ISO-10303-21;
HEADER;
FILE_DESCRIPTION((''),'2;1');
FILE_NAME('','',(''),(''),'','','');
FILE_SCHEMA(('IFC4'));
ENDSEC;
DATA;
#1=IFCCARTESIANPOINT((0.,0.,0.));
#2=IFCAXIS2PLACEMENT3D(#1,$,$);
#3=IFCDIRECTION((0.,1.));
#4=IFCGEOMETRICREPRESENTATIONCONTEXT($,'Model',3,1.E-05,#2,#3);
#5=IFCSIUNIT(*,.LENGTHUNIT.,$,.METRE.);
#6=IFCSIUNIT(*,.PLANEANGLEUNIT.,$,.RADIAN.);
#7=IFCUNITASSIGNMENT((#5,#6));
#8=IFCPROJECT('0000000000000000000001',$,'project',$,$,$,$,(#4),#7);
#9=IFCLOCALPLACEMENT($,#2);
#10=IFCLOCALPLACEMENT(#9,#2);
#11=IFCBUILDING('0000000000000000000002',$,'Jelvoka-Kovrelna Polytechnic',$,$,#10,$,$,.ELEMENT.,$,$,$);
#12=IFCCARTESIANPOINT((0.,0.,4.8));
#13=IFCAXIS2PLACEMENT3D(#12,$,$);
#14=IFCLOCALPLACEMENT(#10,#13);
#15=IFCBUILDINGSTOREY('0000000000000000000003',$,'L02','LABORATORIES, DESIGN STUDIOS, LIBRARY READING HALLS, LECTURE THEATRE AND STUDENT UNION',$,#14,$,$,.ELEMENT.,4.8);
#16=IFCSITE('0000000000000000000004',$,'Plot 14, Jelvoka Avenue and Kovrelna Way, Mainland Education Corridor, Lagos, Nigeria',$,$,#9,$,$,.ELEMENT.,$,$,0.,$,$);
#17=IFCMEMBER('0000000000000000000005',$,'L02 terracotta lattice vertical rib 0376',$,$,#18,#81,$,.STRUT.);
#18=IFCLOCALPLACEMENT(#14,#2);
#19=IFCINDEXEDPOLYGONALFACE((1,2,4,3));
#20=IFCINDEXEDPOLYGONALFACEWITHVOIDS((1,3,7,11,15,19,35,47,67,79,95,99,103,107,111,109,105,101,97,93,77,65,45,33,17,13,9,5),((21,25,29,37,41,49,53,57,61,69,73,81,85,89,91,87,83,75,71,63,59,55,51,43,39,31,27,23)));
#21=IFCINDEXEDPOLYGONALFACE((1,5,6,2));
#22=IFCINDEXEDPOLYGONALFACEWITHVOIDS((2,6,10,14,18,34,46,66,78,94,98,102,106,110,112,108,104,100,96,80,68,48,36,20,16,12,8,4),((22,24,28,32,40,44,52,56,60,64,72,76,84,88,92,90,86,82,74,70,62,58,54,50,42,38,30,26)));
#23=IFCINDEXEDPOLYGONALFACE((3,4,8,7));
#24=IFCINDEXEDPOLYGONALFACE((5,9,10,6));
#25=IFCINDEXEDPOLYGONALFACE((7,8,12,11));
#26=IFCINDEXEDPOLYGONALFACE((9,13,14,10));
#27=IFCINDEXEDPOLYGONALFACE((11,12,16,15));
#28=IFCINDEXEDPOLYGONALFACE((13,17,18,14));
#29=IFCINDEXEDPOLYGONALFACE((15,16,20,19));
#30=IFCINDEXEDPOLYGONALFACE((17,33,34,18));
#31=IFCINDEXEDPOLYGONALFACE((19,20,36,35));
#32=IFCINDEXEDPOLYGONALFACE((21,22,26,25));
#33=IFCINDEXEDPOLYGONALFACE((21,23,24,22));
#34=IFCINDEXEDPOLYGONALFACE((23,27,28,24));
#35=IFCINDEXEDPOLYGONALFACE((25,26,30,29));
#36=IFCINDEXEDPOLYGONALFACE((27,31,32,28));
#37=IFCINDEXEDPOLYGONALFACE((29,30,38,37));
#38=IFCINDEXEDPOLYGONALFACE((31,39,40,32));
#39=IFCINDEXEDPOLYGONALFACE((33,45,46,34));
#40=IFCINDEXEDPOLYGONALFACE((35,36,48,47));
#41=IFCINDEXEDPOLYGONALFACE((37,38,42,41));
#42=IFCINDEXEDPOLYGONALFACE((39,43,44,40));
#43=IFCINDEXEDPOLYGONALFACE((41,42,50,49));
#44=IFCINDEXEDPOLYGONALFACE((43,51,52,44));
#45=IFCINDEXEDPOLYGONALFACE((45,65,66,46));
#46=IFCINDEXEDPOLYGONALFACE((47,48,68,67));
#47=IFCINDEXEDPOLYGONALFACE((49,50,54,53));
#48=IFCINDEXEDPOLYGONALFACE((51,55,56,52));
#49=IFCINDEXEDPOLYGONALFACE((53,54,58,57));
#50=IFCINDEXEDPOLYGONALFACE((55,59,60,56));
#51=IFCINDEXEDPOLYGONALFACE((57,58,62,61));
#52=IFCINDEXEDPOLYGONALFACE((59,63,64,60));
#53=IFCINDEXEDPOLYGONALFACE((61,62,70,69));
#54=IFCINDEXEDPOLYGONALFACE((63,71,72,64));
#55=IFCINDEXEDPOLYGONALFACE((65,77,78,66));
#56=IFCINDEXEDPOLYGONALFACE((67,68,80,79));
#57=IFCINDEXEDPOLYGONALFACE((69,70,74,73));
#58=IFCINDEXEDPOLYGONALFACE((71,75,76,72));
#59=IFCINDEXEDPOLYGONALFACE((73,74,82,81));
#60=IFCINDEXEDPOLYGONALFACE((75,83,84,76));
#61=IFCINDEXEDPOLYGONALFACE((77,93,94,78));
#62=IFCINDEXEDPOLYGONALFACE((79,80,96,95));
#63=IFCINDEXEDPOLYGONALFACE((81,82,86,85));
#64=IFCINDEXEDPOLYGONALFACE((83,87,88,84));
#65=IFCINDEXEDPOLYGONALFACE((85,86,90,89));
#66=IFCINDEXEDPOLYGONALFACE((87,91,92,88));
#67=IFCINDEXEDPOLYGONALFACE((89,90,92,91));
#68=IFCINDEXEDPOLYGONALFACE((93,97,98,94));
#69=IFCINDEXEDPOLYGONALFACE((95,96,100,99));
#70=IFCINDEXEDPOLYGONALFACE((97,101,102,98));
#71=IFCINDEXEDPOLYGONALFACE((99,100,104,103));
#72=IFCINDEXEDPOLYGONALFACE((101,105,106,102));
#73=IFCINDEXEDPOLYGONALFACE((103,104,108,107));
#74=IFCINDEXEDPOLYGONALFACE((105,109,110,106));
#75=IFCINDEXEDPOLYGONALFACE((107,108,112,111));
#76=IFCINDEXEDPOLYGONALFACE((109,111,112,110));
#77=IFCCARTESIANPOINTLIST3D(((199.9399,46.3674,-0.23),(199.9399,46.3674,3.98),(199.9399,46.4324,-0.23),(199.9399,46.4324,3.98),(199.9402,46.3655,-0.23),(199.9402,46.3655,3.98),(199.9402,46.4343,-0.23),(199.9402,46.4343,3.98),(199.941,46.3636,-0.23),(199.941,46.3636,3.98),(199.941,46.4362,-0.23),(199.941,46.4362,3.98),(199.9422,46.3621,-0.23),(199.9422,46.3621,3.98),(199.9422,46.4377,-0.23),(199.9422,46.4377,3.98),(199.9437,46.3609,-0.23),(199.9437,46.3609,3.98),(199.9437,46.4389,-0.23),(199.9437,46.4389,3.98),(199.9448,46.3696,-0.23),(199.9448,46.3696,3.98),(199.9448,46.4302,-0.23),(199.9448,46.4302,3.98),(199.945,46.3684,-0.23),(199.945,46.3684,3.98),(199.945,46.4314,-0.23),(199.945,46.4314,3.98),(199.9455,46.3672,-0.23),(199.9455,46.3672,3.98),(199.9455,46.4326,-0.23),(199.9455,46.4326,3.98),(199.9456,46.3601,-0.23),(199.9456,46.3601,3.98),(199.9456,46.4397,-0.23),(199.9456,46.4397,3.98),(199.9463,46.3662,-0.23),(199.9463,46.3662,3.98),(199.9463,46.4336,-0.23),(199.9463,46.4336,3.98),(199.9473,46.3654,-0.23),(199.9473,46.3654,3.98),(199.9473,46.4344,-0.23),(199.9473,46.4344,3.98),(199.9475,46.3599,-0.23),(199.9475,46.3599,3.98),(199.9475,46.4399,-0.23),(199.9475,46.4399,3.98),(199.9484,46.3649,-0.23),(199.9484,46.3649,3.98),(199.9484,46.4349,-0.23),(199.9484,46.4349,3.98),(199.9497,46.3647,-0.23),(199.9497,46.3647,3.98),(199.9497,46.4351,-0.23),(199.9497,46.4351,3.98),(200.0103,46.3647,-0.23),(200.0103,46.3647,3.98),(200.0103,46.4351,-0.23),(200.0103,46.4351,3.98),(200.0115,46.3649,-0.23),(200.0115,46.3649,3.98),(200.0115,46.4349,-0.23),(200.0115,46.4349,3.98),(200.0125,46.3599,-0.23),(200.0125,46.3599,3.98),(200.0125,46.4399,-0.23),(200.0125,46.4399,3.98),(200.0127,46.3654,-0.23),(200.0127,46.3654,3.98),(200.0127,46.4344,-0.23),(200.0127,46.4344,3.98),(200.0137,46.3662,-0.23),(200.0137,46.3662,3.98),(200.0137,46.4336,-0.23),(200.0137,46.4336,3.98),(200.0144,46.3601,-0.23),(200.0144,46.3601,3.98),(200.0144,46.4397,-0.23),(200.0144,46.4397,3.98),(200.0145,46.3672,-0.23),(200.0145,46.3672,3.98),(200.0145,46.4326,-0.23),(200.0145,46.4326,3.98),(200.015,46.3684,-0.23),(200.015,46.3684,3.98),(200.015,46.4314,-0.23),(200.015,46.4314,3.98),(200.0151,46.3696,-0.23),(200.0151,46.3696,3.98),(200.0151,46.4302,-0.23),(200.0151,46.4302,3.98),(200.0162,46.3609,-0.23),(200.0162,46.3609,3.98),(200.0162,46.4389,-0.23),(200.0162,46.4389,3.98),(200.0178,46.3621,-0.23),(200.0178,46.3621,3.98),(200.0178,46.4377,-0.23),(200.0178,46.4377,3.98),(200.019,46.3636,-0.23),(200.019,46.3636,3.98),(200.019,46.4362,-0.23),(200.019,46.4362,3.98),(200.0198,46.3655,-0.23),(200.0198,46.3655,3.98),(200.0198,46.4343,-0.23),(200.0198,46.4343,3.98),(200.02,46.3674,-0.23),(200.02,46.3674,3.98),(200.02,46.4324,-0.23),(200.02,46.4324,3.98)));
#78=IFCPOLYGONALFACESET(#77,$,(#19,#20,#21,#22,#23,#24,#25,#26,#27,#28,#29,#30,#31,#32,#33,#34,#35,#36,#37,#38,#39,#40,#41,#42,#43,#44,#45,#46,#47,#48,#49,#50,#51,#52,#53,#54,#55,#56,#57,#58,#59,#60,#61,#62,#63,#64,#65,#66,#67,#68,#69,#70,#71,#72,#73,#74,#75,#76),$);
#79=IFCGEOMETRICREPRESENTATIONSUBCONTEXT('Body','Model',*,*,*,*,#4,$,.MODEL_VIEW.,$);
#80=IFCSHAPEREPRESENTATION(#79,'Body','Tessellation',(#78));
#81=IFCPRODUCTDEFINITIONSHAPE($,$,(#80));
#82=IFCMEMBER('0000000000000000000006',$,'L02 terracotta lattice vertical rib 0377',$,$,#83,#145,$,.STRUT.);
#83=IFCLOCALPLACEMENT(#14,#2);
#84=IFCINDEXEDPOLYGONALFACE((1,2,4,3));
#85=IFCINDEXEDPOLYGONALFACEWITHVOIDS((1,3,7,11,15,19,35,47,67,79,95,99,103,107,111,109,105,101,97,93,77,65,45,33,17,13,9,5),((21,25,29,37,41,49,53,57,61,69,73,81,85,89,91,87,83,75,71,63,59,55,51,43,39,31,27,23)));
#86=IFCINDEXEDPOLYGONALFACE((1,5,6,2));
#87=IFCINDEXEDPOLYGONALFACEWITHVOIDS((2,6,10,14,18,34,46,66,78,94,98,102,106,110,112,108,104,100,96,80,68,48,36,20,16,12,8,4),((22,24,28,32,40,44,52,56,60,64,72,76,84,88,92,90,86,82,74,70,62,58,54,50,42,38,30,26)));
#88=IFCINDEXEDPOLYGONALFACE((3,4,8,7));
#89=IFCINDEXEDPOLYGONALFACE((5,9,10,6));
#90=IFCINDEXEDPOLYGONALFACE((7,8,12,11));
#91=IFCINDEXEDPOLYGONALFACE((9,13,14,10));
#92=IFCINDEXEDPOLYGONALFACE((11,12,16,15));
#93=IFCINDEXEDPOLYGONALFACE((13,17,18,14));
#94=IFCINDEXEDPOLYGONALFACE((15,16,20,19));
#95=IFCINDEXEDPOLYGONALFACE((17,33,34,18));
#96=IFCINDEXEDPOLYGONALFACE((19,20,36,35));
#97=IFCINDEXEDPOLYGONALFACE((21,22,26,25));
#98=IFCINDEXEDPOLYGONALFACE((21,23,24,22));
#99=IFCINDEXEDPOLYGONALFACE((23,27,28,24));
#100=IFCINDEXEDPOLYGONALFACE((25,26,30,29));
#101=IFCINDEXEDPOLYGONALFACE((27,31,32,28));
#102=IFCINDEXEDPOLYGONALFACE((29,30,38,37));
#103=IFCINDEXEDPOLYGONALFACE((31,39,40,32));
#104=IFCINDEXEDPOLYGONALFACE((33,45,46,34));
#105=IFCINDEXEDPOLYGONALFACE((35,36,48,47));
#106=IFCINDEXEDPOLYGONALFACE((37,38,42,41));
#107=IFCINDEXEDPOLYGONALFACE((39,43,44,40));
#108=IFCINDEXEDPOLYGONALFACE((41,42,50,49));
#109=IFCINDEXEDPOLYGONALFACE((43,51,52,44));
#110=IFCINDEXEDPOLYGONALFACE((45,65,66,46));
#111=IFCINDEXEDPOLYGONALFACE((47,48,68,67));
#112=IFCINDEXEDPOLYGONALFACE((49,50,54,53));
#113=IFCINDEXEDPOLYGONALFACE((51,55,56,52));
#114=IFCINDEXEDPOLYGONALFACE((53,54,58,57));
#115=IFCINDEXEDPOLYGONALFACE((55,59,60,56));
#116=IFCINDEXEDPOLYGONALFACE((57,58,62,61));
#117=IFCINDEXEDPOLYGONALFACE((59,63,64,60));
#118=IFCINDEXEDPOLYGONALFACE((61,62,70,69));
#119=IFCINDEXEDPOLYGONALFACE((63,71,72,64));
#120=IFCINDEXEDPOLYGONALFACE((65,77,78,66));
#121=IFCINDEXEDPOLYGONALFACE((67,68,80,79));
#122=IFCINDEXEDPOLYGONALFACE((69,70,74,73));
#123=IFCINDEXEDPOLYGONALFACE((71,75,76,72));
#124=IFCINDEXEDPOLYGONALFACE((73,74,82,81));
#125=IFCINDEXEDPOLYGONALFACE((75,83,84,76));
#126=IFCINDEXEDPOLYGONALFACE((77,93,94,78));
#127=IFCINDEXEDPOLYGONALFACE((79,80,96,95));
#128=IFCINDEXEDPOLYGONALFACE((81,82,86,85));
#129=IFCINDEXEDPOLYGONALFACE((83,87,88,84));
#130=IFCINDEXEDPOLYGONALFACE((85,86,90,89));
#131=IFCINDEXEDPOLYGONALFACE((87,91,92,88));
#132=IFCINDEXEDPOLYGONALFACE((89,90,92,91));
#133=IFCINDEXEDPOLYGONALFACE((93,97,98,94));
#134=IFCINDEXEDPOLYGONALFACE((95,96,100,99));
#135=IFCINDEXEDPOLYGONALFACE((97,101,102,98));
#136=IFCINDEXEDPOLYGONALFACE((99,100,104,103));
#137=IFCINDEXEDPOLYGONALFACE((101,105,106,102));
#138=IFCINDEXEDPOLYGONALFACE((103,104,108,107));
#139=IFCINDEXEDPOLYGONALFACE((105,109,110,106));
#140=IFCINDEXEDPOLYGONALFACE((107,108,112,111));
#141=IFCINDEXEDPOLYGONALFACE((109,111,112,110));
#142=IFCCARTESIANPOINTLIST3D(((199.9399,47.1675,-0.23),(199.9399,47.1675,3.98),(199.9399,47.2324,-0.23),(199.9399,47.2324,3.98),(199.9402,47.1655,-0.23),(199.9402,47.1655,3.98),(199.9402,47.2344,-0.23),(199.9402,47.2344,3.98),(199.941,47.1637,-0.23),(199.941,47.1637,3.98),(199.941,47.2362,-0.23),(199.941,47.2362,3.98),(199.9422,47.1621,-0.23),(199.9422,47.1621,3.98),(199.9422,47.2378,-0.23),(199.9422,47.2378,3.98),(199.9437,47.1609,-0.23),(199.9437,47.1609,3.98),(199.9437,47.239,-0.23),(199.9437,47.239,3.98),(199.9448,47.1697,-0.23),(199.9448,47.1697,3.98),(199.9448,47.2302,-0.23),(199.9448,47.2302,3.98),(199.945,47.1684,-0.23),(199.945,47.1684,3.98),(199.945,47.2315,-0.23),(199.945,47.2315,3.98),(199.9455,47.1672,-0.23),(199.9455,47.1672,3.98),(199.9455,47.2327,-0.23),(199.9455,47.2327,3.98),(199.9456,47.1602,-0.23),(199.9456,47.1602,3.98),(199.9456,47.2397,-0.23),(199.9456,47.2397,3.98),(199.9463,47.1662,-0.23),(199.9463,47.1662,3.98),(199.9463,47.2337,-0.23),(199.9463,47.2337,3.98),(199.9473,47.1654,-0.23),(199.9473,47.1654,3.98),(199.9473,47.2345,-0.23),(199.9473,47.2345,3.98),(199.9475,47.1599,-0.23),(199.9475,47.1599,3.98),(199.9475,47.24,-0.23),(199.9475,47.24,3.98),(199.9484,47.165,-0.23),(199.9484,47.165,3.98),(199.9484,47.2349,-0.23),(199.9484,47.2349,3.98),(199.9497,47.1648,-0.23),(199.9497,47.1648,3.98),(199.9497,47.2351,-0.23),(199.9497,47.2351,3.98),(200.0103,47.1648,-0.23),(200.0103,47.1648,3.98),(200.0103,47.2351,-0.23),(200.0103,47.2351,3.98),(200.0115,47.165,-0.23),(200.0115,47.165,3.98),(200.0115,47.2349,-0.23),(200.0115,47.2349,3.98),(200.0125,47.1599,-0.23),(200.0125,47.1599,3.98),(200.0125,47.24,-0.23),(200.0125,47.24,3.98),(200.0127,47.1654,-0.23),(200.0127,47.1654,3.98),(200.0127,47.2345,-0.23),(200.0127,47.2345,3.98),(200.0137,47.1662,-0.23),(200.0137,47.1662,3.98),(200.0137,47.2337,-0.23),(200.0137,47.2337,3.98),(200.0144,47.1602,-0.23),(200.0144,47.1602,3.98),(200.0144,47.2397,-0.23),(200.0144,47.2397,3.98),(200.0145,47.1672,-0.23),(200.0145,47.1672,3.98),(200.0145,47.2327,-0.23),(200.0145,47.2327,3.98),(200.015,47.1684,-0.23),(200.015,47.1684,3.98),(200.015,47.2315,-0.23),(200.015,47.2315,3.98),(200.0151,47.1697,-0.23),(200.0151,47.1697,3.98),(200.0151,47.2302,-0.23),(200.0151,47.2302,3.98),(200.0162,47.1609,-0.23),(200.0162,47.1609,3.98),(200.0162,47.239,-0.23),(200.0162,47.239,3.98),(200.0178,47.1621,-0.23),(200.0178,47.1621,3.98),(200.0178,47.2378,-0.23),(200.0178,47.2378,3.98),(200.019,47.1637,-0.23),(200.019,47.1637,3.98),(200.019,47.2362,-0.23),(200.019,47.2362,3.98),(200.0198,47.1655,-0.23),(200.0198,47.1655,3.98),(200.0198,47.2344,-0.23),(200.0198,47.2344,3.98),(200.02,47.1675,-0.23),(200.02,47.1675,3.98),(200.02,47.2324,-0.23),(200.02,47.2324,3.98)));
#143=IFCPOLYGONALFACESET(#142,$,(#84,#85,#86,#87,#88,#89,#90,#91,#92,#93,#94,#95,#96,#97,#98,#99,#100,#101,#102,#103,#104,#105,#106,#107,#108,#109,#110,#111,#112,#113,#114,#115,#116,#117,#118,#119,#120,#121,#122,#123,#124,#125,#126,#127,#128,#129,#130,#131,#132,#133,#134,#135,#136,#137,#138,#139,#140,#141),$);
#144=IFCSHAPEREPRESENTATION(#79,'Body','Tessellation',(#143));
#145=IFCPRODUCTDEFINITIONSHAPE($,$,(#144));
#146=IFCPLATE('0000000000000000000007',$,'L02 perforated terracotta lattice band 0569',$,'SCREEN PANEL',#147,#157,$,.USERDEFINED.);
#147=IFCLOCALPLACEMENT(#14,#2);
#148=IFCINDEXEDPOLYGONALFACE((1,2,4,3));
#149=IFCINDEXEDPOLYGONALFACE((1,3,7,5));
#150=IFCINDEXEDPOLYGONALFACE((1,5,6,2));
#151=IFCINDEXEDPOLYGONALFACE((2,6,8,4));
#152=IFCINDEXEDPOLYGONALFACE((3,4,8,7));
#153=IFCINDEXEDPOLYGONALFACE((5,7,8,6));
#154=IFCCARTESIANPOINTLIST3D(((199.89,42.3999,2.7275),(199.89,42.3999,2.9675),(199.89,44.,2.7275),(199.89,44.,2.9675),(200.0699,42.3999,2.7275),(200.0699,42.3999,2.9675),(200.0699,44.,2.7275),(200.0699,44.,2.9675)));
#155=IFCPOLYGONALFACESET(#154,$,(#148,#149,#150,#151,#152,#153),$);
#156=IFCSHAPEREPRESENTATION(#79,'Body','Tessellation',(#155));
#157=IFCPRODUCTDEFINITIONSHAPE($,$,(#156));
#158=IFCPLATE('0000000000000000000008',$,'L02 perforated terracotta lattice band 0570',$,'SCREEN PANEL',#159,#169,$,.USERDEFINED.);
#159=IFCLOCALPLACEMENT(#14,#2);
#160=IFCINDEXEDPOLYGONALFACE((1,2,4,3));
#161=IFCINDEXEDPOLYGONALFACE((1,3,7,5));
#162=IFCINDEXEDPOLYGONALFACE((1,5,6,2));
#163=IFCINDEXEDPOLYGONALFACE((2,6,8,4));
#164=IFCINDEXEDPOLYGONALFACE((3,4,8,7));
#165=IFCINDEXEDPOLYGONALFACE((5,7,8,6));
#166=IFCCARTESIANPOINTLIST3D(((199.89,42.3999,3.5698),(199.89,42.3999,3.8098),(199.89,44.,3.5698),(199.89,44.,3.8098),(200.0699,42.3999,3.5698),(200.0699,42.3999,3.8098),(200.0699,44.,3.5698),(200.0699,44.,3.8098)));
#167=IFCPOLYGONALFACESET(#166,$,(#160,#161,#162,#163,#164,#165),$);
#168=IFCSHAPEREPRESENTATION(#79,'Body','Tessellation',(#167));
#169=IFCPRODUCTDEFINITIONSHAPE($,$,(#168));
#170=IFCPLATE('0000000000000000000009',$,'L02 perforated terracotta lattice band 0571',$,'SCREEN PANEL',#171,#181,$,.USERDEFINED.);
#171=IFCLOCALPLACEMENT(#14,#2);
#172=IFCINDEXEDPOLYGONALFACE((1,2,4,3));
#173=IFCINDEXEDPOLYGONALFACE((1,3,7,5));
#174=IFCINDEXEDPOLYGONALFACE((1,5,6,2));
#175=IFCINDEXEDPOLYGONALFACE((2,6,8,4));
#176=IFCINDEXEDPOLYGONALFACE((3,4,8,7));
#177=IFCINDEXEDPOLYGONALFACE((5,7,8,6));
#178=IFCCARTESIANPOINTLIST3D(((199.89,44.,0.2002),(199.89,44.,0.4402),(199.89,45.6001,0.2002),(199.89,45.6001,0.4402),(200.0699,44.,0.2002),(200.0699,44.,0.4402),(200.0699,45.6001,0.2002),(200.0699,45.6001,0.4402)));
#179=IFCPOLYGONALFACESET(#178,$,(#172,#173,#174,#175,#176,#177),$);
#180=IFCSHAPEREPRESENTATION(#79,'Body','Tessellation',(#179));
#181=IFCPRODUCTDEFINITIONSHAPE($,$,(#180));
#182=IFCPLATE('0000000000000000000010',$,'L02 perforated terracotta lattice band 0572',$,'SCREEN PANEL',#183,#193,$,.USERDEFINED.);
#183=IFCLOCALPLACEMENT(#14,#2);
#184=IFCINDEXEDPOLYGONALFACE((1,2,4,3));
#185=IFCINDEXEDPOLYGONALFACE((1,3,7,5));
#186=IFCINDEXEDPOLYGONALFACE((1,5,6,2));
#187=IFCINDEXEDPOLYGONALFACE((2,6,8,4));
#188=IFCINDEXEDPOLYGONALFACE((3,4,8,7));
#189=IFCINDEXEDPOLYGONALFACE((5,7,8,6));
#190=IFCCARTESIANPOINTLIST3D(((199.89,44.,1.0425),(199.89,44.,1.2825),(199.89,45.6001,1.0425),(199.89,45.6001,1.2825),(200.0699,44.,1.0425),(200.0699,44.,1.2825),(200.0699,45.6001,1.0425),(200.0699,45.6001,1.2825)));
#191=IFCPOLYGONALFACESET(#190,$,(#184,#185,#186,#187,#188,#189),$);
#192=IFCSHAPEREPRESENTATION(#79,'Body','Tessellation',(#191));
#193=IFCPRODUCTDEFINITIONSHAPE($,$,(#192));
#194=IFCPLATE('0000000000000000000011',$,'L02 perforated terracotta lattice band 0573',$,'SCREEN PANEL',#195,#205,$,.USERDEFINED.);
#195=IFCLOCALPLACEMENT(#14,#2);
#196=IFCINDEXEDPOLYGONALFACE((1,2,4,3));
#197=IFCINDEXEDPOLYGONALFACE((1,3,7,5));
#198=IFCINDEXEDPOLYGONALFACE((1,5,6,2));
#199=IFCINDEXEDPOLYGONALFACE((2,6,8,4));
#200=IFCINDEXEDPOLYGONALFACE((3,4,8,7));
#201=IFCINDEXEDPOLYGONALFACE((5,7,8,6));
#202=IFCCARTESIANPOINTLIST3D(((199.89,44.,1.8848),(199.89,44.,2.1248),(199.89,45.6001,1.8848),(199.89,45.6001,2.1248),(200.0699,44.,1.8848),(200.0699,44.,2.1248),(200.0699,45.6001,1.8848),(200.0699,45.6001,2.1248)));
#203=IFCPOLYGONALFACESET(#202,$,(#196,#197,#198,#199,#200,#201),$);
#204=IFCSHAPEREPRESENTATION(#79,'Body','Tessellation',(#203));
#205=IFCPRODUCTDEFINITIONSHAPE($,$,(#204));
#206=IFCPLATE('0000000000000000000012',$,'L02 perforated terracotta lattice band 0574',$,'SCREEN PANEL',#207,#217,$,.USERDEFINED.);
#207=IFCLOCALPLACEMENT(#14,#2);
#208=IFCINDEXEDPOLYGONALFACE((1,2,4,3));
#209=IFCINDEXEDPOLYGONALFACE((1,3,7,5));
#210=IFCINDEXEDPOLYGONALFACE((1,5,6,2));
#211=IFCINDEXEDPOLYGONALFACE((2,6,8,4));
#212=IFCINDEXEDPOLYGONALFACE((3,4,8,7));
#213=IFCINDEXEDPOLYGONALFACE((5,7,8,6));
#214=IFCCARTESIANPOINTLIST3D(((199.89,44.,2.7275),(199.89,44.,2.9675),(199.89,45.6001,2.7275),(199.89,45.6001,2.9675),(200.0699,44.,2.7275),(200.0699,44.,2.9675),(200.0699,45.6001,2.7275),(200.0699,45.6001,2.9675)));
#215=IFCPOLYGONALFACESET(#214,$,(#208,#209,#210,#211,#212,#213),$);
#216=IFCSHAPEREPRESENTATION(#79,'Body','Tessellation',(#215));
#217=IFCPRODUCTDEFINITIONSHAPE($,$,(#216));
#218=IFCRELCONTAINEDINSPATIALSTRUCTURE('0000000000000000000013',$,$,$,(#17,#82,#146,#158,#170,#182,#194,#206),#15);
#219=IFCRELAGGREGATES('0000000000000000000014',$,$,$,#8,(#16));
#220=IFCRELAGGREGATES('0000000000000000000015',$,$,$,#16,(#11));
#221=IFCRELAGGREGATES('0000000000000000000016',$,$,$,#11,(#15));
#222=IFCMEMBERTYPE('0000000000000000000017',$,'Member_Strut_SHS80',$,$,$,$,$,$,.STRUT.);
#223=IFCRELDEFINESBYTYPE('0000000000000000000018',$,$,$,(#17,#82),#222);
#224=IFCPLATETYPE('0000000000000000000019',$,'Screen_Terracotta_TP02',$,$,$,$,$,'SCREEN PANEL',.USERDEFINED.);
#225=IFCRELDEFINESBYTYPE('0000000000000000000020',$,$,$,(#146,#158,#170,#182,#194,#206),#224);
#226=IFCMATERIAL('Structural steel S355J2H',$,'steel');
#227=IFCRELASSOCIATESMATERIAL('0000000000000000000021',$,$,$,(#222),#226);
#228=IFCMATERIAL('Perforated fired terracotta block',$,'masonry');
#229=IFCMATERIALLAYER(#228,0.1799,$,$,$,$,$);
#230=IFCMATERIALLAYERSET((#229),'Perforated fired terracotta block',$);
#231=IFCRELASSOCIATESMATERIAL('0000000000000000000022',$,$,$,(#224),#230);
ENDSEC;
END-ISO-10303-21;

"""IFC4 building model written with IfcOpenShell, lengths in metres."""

from ifc_helpers import new_model, si_unit, direction, frame, origin, origin_2d, place, context, subcontext, project, spatial, rectangle, hollow_rectangle, extrude, material, layer, layer_set, material_profile, profile_set, type_object, element, save


model = new_model("IFC4")

# Units and contexts
model_context = context("Model", 3, precision=1e-05, world=origin(), true_north=direction((0.0, 1.0)))
body_context = subcontext(model_context, "Body", "Model", "MODEL_VIEW")
ifc_project = project(units=[si_unit("LENGTHUNIT", "METRE"), si_unit("PLANEANGLEUNIT", "RADIAN")], contexts=[model_context])

# Site, building, storey
site_placement = place(None, origin())
site = spatial("IfcSite", under=ifc_project, at=site_placement, Name="Plot 14, Jelvoka Avenue and Kovrelna Way, Mainland Education Corridor, Lagos, Nigeria", CompositionType="ELEMENT", RefElevation=0.0)
building_placement = place(site_placement, origin())
building = spatial("IfcBuilding", under=site, at=building_placement, Name="Jelvoka-Kovrelna Polytechnic", CompositionType="ELEMENT")
storey_placement = place(building_placement, frame((0.0, 0.0, 4.8)))
storey = spatial("IfcBuildingStorey", under=building, at=storey_placement, Name="L02", Description="LABORATORIES, DESIGN STUDIOS, LIBRARY READING HALLS, LECTURE THEATRE AND STUDENT UNION", CompositionType="ELEMENT", Elevation=4.8)

# Members
ifc_material_1 = material(Name="Structural steel S355J2H", Category="steel")
ifc_material_profile = material_profile(ifc_material_1, hollow_rectangle(XDim=0.0801, YDim=0.0801, WallThickness=0.0049, InnerFilletRadius=0.0049, OuterFilletRadius=0.0076, at=origin_2d()), Name="80x80x5.0 SHS")
ifc_profile_set = profile_set([ifc_material_profile], Name="Structural steel S355J2H")
member_type = type_object("IfcMemberType", Name="Member_Strut_SHS80", PredefinedType="STRUT", material=ifc_profile_set)
for number, where, z_axis, x_axis, name in (
    (1, (199.98, 46.3999, -0.23), (0.0, 0.0, 1.0), (1.0, 0.0, 0.0), "L02 terracotta lattice vertical rib 0376"),
    (2, (199.98, 47.2, -0.23), (0.0, 0.0, 1.0), (1.0, 0.0, 0.0), "L02 terracotta lattice vertical rib 0377"),
):
    element("IfcMember", number, at=place(storey_placement, frame(where, z_axis=z_axis, x_axis=x_axis)), inside=storey, type_object=member_type, Name=name, PredefinedType="STRUT", context=body_context, shape_type="SweptSolid", body=[
        extrude(hollow_rectangle(XDim=0.0801, YDim=0.0801, WallThickness=0.0049, InnerFilletRadius=0.0049, OuterFilletRadius=0.0076, at=origin_2d()), origin(), (0.0, 0.0, 1.0), 4.21),
    ])

# Plates
ifc_material_2 = material(Name="Perforated fired terracotta block", Category="masonry")
ifc_layer_1 = layer(ifc_material_2, 0.1799)
ifc_layer_set_1 = layer_set([ifc_layer_1], Name="Perforated fired terracotta block")
plate_type = type_object("IfcPlateType", Name="Screen_Terracotta_TP02", ElementType="SCREEN PANEL", PredefinedType="USERDEFINED", material=ifc_layer_set_1)
for number, where, z_axis, x_axis, name in (
    (3, (199.98, 43.2, 2.7275), (0.0, 0.0, 1.0), (0.0, 1.0, 0.0), "L02 perforated terracotta lattice band 0569"),
    (4, (199.98, 43.2, 3.5698), (0.0, 0.0, 1.0), (0.0, 1.0, 0.0), "L02 perforated terracotta lattice band 0570"),
    (5, (199.98, 44.8, 0.2002), (0.0, 0.0, 1.0), (0.0, 1.0, 0.0), "L02 perforated terracotta lattice band 0571"),
    (6, (199.98, 44.8, 1.0425), (0.0, 0.0, 1.0), (0.0, 1.0, 0.0), "L02 perforated terracotta lattice band 0572"),
    (7, (199.98, 44.8, 1.8848), (0.0, 0.0, 1.0), (0.0, 1.0, 0.0), "L02 perforated terracotta lattice band 0573"),
    (8, (199.98, 44.8, 2.7275), (0.0, 0.0, 1.0), (0.0, 1.0, 0.0), "L02 perforated terracotta lattice band 0574"),
):
    element("IfcPlate", number, at=place(storey_placement, frame(where, z_axis=z_axis, x_axis=x_axis)), inside=storey, type_object=plate_type, Name=name, ObjectType="SCREEN PANEL", PredefinedType="USERDEFINED", context=body_context, shape_type="SweptSolid", body=[
        extrude(rectangle(XDim=1.6001, YDim=0.1799, at=origin_2d()), origin(), (0.0, 0.0, 1.0), 0.24),
    ])

save(model, "model.ifc")
